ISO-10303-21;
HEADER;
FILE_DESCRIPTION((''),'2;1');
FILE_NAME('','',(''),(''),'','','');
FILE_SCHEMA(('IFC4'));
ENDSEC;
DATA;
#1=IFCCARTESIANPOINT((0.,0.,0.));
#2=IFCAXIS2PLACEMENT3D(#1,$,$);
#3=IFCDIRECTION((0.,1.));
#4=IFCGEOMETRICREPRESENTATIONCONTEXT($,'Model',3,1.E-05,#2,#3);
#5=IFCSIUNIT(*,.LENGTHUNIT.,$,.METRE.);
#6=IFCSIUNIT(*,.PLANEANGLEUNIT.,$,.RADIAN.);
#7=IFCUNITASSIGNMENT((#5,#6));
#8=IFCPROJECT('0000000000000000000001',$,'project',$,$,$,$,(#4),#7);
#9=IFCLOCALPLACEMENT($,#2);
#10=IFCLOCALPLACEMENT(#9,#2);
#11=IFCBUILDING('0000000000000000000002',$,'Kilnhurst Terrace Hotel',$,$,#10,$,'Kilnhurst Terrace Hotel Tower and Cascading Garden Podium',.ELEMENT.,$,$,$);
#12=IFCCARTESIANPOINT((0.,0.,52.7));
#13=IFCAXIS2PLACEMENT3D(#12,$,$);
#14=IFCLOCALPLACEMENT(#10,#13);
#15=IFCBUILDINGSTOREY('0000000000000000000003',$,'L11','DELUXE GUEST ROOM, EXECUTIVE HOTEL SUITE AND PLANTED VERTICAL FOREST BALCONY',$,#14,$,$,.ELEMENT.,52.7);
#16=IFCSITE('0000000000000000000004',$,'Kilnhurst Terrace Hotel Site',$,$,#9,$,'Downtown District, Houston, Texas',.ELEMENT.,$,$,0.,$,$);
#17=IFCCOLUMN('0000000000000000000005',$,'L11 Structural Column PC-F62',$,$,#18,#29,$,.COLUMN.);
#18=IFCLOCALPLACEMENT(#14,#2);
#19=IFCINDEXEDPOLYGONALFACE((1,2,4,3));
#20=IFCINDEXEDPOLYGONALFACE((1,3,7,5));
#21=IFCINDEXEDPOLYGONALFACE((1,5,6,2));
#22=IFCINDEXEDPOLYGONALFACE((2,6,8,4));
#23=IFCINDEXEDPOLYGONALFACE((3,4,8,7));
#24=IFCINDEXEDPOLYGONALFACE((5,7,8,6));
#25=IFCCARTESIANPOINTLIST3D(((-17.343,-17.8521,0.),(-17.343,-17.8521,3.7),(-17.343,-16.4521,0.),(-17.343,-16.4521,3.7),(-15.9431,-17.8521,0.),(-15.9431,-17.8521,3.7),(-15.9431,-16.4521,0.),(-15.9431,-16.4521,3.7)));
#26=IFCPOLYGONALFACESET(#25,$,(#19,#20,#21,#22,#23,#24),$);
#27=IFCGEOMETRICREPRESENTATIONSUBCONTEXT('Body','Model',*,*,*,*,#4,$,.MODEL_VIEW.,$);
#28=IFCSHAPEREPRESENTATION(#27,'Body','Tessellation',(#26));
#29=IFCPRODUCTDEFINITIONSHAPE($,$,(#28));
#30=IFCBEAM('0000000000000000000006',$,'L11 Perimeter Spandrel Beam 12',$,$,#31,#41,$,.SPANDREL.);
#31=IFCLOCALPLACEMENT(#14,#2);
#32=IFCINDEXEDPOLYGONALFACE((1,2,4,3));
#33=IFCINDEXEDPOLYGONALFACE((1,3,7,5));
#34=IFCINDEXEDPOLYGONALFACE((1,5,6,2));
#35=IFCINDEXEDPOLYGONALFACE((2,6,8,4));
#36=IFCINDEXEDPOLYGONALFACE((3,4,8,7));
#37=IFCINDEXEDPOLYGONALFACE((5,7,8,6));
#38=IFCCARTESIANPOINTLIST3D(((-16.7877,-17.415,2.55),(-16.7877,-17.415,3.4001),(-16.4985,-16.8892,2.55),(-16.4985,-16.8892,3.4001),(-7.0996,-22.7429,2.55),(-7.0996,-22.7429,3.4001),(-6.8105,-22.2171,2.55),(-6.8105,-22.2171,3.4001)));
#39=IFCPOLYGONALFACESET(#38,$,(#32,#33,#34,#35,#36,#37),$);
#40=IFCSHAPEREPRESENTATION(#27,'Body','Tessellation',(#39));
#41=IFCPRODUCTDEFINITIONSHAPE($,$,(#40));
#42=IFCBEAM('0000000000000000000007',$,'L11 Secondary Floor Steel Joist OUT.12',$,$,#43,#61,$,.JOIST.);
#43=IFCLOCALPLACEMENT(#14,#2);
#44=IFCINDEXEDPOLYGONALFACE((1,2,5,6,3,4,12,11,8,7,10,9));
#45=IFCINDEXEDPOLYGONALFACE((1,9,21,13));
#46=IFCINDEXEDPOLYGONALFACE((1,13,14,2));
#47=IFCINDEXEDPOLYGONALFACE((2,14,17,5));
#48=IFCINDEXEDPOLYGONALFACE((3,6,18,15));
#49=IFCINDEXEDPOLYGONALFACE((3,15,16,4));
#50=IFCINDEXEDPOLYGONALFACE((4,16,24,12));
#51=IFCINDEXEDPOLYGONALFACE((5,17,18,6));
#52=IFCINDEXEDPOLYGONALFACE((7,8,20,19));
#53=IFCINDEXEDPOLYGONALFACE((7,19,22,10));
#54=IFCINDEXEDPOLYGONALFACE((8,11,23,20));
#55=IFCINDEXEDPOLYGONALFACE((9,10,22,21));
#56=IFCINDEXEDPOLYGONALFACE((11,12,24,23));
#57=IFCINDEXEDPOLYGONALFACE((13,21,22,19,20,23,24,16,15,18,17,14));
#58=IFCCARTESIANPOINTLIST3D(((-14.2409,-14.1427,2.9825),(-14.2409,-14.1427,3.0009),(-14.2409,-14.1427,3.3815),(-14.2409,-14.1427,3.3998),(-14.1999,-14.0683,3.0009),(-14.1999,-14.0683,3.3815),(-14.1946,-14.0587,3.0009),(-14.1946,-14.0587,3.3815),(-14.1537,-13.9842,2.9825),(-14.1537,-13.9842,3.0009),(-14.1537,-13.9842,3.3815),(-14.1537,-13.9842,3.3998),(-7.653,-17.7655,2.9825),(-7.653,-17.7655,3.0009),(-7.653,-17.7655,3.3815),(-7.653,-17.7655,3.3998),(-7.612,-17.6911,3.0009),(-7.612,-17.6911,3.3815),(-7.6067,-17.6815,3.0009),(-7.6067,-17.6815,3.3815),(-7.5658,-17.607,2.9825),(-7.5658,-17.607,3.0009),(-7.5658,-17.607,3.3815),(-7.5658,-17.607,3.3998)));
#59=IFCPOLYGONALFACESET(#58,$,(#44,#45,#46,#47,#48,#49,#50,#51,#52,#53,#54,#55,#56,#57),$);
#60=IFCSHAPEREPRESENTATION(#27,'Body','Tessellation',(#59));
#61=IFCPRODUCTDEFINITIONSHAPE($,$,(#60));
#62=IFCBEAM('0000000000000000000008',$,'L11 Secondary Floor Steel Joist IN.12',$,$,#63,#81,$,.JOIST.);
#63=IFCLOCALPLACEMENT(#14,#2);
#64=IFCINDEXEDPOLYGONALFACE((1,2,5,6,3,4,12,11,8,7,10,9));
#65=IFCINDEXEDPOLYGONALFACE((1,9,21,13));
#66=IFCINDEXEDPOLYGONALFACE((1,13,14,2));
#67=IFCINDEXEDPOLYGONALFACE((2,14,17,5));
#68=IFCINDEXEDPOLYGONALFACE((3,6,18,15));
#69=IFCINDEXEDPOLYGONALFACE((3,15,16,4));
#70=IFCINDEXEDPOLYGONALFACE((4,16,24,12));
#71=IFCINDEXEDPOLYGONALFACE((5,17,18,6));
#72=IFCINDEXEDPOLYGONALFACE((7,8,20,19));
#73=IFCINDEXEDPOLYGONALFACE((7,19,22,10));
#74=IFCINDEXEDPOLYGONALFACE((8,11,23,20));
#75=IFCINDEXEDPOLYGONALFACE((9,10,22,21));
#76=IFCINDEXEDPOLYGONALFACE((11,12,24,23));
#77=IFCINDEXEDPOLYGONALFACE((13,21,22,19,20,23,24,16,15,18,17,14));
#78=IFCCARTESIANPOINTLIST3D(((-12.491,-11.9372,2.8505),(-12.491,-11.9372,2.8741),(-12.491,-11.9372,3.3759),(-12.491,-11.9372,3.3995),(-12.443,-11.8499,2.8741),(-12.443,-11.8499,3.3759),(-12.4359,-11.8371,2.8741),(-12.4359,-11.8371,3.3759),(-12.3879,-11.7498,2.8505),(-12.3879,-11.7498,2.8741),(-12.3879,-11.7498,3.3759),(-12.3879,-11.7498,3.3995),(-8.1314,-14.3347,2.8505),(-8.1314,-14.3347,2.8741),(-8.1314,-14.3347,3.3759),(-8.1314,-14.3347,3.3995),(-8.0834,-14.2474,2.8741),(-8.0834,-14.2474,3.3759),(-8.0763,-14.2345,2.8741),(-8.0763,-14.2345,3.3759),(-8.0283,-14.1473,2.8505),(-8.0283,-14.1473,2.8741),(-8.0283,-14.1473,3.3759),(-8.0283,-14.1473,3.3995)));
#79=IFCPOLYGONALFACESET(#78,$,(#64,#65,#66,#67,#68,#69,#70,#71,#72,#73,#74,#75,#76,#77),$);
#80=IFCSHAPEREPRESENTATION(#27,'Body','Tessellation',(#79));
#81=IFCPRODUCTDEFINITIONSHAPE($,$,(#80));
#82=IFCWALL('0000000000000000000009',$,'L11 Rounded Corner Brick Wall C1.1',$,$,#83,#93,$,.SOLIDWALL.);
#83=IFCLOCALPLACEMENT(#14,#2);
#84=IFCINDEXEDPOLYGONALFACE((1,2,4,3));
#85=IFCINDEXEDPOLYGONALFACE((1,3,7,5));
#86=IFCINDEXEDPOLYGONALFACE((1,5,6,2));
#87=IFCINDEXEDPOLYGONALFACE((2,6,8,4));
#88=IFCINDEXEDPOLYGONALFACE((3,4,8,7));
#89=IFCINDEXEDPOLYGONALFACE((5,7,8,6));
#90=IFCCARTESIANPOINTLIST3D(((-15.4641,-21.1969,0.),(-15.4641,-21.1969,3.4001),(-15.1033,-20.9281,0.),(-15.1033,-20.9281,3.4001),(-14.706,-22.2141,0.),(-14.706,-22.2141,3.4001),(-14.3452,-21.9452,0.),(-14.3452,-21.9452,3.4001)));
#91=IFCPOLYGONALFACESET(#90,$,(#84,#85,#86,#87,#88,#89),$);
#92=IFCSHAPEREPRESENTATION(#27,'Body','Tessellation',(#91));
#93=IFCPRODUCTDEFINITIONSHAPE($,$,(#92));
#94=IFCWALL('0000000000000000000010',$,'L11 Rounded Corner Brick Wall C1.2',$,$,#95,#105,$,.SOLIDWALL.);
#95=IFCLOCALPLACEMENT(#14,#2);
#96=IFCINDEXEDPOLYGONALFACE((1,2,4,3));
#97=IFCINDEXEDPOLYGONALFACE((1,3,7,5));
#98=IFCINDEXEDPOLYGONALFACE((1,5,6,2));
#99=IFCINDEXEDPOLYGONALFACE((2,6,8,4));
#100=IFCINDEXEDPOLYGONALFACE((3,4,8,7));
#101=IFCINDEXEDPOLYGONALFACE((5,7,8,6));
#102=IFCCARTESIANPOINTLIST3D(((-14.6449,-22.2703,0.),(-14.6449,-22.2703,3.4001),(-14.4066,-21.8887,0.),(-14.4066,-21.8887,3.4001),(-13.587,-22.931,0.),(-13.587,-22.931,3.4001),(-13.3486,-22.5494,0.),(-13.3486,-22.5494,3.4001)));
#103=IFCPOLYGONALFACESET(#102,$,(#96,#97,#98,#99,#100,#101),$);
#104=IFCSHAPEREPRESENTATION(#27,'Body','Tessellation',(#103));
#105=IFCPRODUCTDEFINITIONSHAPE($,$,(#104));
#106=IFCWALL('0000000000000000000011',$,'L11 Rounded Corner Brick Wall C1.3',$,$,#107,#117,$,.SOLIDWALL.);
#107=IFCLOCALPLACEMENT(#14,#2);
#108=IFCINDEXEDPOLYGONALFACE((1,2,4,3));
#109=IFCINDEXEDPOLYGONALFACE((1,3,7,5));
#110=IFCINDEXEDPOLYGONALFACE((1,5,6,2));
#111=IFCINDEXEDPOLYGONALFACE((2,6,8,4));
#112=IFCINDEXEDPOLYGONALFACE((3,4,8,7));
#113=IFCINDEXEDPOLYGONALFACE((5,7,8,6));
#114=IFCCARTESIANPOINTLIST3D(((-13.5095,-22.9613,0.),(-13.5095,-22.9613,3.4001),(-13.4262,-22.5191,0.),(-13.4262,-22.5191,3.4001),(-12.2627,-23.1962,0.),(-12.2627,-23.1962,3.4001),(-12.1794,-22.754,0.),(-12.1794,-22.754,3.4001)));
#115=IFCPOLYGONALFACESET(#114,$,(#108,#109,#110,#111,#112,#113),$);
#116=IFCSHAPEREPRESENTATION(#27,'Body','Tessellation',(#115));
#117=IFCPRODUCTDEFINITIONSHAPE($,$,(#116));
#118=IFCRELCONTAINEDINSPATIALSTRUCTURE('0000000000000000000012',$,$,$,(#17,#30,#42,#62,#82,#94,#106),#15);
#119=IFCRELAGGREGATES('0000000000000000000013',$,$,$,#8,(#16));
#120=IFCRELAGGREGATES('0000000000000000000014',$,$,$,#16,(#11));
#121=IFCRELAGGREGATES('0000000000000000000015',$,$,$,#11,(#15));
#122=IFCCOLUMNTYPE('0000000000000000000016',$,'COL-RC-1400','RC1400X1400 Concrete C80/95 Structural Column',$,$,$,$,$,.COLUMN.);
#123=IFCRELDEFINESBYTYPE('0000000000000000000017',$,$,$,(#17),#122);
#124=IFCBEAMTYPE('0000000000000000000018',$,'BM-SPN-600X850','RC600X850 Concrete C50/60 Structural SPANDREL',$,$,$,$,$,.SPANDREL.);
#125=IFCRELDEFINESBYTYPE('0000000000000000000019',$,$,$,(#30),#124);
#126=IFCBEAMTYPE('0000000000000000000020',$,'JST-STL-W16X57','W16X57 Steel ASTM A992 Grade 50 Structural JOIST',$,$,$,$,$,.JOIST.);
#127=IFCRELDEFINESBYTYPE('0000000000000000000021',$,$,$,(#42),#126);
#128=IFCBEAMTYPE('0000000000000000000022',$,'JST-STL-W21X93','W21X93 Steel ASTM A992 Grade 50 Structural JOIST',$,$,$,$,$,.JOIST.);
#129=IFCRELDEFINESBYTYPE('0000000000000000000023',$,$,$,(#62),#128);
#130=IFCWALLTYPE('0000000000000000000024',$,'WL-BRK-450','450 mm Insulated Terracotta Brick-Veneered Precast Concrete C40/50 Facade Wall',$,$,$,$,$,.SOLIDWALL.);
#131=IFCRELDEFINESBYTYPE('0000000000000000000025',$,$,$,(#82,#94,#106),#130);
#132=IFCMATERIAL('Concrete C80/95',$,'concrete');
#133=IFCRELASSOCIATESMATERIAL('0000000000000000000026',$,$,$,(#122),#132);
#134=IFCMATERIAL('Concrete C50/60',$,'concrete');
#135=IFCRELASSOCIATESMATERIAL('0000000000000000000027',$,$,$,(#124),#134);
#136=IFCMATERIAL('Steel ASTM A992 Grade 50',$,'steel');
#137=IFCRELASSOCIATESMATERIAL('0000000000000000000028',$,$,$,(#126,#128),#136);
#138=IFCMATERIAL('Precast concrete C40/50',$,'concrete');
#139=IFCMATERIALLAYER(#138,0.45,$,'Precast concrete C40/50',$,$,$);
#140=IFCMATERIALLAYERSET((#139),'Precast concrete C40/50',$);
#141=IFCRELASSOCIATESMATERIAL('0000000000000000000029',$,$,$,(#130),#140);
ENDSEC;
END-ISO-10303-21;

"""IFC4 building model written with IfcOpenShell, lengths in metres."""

from ifc_helpers import new_model, si_unit, direction, frame, frame_2d, origin, origin_2d, place, context, subcontext, project, spatial, rectangle, i_section, extrude, material, layer, layer_set, material_profile, profile_set, type_object, element, save


model = new_model("IFC4")

# Units and contexts
model_context = context("Model", 3, precision=1e-05, world=origin(), true_north=direction((0.0, 1.0)))
body_context = subcontext(model_context, "Body", "Model", "MODEL_VIEW")
ifc_project = project(units=[si_unit("LENGTHUNIT", "METRE"), si_unit("PLANEANGLEUNIT", "RADIAN")], contexts=[model_context])

# Site, building, storey
site_placement = place(None, origin())
site = spatial("IfcSite", under=ifc_project, at=site_placement, Name="Kilnhurst Terrace Hotel Site", LongName="Downtown District, Houston, Texas", CompositionType="ELEMENT", RefElevation=0.0)
building_placement = place(site_placement, origin())
building = spatial("IfcBuilding", under=site, at=building_placement, Name="Kilnhurst Terrace Hotel", LongName="Kilnhurst Terrace Hotel Tower and Cascading Garden Podium", CompositionType="ELEMENT")
storey_placement = place(building_placement, frame((0.0, 0.0, 52.7)))
storey = spatial("IfcBuildingStorey", under=building, at=storey_placement, Name="L11", Description="DELUXE GUEST ROOM, EXECUTIVE HOTEL SUITE AND PLANTED VERTICAL FOREST BALCONY", CompositionType="ELEMENT", Elevation=52.7)

# Column
ifc_material_1 = material(Name="Concrete C80/95", Category="concrete")
ifc_material_profile_1 = material_profile(ifc_material_1, rectangle(XDim=1.3999, YDim=1.3999, at=origin_2d()), Name="RC1400X1400")
ifc_profile_set_1 = profile_set([ifc_material_profile_1], Name="Concrete C80/95")
column_type = type_object("IfcColumnType", Name="COL-RC-1400", Description="RC1400X1400 Concrete C80/95 Structural Column", PredefinedType="COLUMN", material=ifc_profile_set_1)
column_placement = place(storey_placement, frame((-16.6431, -17.1521, 0.0), z_axis=(0.0, 0.0, 1.0), x_axis=(1.0, 0.0, 0.0)))
element("IfcColumn", 1, at=column_placement, inside=storey, type_object=column_type, Name="L11 Structural Column PC-F62", PredefinedType="COLUMN", context=body_context, shape_type="SweptSolid", body=[
    extrude(rectangle(XDim=1.3999, YDim=1.3999, at=origin_2d()), origin(), (0.0, 0.0, 1.0), 3.7),
])

# Beams
ifc_material_2 = material(Name="Concrete C50/60", Category="concrete")
ifc_material_profile_2 = material_profile(ifc_material_2, rectangle(XDim=0.6001, YDim=0.8501, at=origin_2d()), Name="RC600X850")
ifc_profile_set_2 = profile_set([ifc_material_profile_2], Name="Concrete C50/60")
beam_type_1 = type_object("IfcBeamType", Name="BM-SPN-600X850", Description="RC600X850 Concrete C50/60 Structural SPANDREL", PredefinedType="SPANDREL", material=ifc_profile_set_2)
beam_1_placement = place(storey_placement, frame((-16.6431, -17.1521, 2.9751), z_axis=(0.876235, -0.481883, 0.0), x_axis=(0.481883, 0.876235, 0.0)))
element("IfcBeam", 2, at=beam_1_placement, inside=storey, type_object=beam_type_1, Name="L11 Perimeter Spandrel Beam 12", PredefinedType="SPANDREL", context=body_context, shape_type="SweptSolid", body=[
    extrude(rectangle(XDim=0.6001, YDim=0.8501, at=origin_2d()), origin(), (0.0, 0.0, 1.0), 11.0564),
])
ifc_material_3 = material(Name="Steel ASTM A992 Grade 50", Category="steel")
ifc_material_profile_3 = material_profile(ifc_material_3, i_section(OverallWidth=0.1809, OverallDepth=0.4172, WebThickness=0.011, FlangeThickness=0.0183, at=origin_2d()), Name="W16X57")
ifc_profile_set_3 = profile_set([ifc_material_profile_3], Name="Steel ASTM A992 Grade 50")
beam_type_2 = type_object("IfcBeamType", Name="JST-STL-W16X57", Description="W16X57 Steel ASTM A992 Grade 50 Structural JOIST", PredefinedType="JOIST", material=ifc_profile_set_3)
beam_2_placement = place(storey_placement, frame((-14.1973, -14.0635, 3.1912), z_axis=(0.876246, -0.481864, 0.0), x_axis=(0.481864, 0.876246, 0.0)))
element("IfcBeam", 3, at=beam_2_placement, inside=storey, type_object=beam_type_2, Name="L11 Secondary Floor Steel Joist OUT.12", PredefinedType="JOIST", context=body_context, shape_type="SweptSolid", body=[
    extrude(i_section(OverallWidth=0.1809, OverallDepth=0.4172, WebThickness=0.011, FlangeThickness=0.0183, at=origin_2d()), origin(), (0.0, 0.0, 1.0), 7.5183),
])
ifc_material_profile_4 = material_profile(ifc_material_3, i_section(OverallWidth=0.2139, OverallDepth=0.5491, WebThickness=0.0146, FlangeThickness=0.0237, at=origin_2d()), Name="W21X93")
ifc_profile_set_4 = profile_set([ifc_material_profile_4], Name="Steel ASTM A992 Grade 50")
beam_type_3 = type_object("IfcBeamType", Name="JST-STL-W21X93", Description="W21X93 Steel ASTM A992 Grade 50 Structural JOIST", PredefinedType="JOIST", material=ifc_profile_set_4)
beam_3_placement = place(storey_placement, frame((-12.4395, -11.8435, 3.125), z_axis=(0.876244, -0.481868, 0.0), x_axis=(0.481868, 0.876244, 0.0)))
element("IfcBeam", 4, at=beam_3_placement, inside=storey, type_object=beam_type_3, Name="L11 Secondary Floor Steel Joist IN.12", PredefinedType="JOIST", context=body_context, shape_type="SweptSolid", body=[
    extrude(i_section(OverallWidth=0.2139, OverallDepth=0.5491, WebThickness=0.0146, FlangeThickness=0.0237, at=origin_2d()), origin(), (0.0, 0.0, 1.0), 4.9753),
])

# Walls
ifc_material_4 = material(Name="Precast concrete C40/50", Category="concrete")
ifc_layer_1 = layer(ifc_material_4, 0.45, Name="Precast concrete C40/50")
ifc_layer_set_1 = layer_set([ifc_layer_1], Name="Precast concrete C40/50")
wall_type_1 = type_object("IfcWallType", Name="WL-BRK-450", Description="450 mm Insulated Terracotta Brick-Veneered Precast Concrete C40/50 Facade Wall", PredefinedType="SOLIDWALL", material=ifc_layer_set_1)
wall_1_placement = place(storey_placement, frame((-15.2837, -21.0625, 0.0), z_axis=(0.0, 0.0, 1.0), x_axis=(0.597595, -0.801798, 0.0)))
element("IfcWall", 5, at=wall_1_placement, inside=storey, type_object=wall_type_1, Name="L11 Rounded Corner Brick Wall C1.1", PredefinedType="SOLIDWALL", context=body_context, shape_type="SweptSolid", body=[
    extrude(rectangle(XDim=1.2686, YDim=0.45, at=frame_2d((0.6343, 0.0))), origin(), (0.0, 0.0, 1.0), 3.4001),
])
wall_2_placement = place(storey_placement, frame((-14.5256, -22.0796, 0.0), z_axis=(0.0, 0.0, 1.0), x_axis=(0.848185, -0.5297, 0.0)))
element("IfcWall", 6, at=wall_2_placement, inside=storey, type_object=wall_type_1, Name="L11 Rounded Corner Brick Wall C1.2", PredefinedType="SOLIDWALL", context=body_context, shape_type="SweptSolid", body=[
    extrude(rectangle(XDim=1.2473, YDim=0.45, at=frame_2d((0.6235, 0.0))), origin(), (0.0, 0.0, 1.0), 3.4001),
])
wall_3_placement = place(storey_placement, frame((-13.4678, -22.7402, 0.0), z_axis=(0.0, 0.0, 1.0), x_axis=(0.982717, -0.185113, 0.0)))
element("IfcWall", 7, at=wall_3_placement, inside=storey, type_object=wall_type_1, Name="L11 Rounded Corner Brick Wall C1.3", PredefinedType="SOLIDWALL", context=body_context, shape_type="SweptSolid", body=[
    extrude(rectangle(XDim=1.2688, YDim=0.45, at=frame_2d((0.6343, 0.0))), origin(), (0.0, 0.0, 1.0), 3.4001),
])

save(model, "model.ifc")
